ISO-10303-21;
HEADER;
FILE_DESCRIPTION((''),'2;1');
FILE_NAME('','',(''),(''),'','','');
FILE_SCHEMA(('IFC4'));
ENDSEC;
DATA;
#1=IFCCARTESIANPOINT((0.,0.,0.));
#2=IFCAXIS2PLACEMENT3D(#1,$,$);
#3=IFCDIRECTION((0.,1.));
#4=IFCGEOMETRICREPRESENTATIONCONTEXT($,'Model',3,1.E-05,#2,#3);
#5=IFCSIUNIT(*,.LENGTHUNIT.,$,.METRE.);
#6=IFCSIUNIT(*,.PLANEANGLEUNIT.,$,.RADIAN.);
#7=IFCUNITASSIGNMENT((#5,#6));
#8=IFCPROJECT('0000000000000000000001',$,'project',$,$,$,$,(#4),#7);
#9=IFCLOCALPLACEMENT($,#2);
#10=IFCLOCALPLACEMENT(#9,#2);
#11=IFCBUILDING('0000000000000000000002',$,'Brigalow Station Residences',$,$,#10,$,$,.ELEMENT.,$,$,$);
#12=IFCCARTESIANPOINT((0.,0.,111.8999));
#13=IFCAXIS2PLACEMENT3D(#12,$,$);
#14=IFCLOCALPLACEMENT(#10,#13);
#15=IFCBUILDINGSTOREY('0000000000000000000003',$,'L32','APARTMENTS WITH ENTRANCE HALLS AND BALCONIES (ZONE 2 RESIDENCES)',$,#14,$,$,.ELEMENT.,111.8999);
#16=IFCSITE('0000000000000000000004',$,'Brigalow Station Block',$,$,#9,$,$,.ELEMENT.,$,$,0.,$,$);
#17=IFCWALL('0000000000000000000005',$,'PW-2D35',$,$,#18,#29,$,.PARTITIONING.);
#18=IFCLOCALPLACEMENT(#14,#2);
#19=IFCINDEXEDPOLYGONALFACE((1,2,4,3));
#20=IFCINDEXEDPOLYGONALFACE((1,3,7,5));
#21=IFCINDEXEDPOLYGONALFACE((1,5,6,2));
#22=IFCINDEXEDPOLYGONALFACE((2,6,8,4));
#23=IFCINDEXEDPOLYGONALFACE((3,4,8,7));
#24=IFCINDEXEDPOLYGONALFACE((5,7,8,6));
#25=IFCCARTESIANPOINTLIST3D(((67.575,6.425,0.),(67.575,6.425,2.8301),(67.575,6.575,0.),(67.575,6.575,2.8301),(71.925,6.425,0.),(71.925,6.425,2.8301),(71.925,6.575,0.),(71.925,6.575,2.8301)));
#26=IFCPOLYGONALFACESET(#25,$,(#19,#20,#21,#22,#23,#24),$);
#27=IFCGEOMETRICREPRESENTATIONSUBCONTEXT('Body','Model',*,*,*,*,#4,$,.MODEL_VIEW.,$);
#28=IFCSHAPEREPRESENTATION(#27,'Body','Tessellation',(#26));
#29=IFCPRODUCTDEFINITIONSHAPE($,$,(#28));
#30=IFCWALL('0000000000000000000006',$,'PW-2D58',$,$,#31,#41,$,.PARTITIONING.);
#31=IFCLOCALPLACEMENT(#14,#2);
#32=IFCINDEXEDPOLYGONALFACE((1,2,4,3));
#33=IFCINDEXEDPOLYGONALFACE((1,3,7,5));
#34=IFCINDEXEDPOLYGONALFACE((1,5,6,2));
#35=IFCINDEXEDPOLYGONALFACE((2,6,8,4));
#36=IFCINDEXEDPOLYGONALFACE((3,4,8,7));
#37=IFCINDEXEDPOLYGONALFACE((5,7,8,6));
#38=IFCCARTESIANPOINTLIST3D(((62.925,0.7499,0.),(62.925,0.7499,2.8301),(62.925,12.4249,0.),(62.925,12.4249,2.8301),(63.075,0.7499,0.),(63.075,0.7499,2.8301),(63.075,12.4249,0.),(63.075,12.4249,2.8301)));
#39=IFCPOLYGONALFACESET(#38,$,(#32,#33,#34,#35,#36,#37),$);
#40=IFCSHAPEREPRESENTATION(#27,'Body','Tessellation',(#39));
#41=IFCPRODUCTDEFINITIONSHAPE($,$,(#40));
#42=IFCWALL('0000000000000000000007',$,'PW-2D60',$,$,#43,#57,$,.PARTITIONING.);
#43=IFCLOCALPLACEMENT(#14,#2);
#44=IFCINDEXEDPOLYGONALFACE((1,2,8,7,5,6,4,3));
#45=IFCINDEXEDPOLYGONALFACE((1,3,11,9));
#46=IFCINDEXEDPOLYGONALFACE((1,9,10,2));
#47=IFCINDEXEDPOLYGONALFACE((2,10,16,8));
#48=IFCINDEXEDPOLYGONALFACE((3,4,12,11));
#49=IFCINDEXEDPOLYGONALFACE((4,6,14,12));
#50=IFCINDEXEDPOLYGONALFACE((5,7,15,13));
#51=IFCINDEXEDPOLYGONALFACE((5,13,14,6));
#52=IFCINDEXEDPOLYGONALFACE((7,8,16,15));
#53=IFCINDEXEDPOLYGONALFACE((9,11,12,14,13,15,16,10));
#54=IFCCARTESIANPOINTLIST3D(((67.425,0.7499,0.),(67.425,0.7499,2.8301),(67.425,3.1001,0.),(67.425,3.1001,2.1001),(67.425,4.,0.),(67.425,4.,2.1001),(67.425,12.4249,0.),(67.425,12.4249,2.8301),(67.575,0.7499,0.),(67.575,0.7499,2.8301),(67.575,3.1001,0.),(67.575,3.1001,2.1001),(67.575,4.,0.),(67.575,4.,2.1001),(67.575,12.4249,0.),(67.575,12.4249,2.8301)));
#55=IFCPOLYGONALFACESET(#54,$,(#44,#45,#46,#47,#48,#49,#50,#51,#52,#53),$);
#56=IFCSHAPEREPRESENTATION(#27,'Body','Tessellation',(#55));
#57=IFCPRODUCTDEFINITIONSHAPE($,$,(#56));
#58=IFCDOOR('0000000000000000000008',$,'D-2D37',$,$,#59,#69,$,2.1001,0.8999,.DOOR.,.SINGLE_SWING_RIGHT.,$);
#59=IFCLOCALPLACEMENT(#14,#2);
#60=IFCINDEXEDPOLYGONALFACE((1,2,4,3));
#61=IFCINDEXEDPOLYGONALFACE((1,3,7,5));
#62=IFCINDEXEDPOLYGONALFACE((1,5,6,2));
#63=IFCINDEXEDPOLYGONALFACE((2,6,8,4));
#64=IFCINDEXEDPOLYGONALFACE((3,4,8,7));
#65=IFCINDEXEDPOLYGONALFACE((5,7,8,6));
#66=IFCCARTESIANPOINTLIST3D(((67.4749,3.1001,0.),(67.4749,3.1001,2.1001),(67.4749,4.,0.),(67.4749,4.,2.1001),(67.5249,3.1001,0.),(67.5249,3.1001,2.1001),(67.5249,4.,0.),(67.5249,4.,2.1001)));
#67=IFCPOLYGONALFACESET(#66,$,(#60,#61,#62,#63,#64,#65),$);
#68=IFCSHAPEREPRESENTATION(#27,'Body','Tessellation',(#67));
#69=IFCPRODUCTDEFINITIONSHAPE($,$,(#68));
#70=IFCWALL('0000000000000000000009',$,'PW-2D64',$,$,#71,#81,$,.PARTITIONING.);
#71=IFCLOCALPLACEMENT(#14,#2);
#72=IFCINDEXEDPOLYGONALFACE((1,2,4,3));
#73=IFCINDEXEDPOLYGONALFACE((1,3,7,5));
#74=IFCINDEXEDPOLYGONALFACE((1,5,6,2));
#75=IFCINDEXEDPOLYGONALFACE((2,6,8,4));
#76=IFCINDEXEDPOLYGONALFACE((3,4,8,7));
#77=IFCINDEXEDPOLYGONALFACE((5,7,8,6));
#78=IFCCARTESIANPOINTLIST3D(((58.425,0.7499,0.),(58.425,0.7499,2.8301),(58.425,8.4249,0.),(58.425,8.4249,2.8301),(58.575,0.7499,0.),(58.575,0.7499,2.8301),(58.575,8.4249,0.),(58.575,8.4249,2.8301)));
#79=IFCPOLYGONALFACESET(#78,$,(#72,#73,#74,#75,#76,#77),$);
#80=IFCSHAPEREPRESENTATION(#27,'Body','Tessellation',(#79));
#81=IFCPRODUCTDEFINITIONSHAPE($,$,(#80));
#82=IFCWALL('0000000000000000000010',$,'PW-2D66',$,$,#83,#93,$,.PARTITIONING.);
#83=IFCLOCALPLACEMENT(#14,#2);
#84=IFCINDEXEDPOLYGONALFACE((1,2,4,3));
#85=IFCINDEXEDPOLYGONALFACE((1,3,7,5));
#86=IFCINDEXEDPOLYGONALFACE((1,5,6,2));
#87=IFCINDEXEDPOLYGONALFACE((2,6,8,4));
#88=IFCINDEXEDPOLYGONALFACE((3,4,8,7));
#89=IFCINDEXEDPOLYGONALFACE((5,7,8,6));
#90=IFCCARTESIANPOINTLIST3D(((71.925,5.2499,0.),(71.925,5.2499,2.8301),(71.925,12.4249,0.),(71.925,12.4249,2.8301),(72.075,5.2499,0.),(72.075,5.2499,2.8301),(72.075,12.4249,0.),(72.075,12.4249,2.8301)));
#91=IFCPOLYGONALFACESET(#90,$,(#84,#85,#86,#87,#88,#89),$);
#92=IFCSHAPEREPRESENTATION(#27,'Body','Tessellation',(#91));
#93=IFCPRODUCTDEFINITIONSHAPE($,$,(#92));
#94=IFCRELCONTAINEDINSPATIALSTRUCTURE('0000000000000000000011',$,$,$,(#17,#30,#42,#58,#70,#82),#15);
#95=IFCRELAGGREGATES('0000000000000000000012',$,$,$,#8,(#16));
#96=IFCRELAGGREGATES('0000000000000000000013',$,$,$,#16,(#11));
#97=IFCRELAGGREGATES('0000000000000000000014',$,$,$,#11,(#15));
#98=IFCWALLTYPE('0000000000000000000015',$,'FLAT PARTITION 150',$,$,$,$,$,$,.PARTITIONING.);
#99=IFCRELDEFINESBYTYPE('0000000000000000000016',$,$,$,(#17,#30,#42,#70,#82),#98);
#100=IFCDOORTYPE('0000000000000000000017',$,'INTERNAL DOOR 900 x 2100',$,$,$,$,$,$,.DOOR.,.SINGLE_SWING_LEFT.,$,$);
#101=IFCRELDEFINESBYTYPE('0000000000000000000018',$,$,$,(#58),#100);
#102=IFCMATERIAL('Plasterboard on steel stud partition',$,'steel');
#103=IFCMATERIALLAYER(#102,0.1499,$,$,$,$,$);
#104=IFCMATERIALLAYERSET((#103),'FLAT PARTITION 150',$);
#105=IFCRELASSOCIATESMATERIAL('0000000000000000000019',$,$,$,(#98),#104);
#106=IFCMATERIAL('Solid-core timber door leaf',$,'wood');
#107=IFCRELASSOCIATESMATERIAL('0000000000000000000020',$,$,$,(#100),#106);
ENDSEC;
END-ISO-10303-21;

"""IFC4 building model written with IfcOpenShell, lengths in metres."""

from ifc_helpers import new_model, si_unit, direction, frame, frame_2d, origin, place, context, subcontext, project, spatial, rectangle, extrude, material, layer, layer_set, type_object, element, fill, save


model = new_model("IFC4")

# Units and contexts
model_context = context("Model", 3, precision=1e-05, world=origin(), true_north=direction((0.0, 1.0)))
body_context = subcontext(model_context, "Body", "Model", "MODEL_VIEW")
ifc_project = project(units=[si_unit("LENGTHUNIT", "METRE"), si_unit("PLANEANGLEUNIT", "RADIAN")], contexts=[model_context])

# Site, building, storey
site_placement = place(None, origin())
site = spatial("IfcSite", under=ifc_project, at=site_placement, Name="Brigalow Station Block", CompositionType="ELEMENT", RefElevation=0.0)
building_placement = place(site_placement, origin())
building = spatial("IfcBuilding", under=site, at=building_placement, Name="Brigalow Station Residences", CompositionType="ELEMENT")
storey_placement = place(building_placement, frame((0.0, 0.0, 111.8999)))
storey = spatial("IfcBuildingStorey", under=building, at=storey_placement, Name="L32", Description="APARTMENTS WITH ENTRANCE HALLS AND BALCONIES (ZONE 2 RESIDENCES)", CompositionType="ELEMENT", Elevation=111.8999)

# Walls
ifc_material_1 = material(Name="Plasterboard on steel stud partition", Category="steel")
ifc_layer_1 = layer(ifc_material_1, 0.1499)
ifc_layer_set_1 = layer_set([ifc_layer_1], Name="FLAT PARTITION 150")
wall_type_1 = type_object("IfcWallType", Name="FLAT PARTITION 150", PredefinedType="PARTITIONING", material=ifc_layer_set_1)
wall_1_placement = place(storey_placement, frame((67.575, 6.5, 0.0), z_axis=(0.0, 0.0, 1.0), x_axis=(1.0, 0.0, 0.0)))
element("IfcWall", 1, at=wall_1_placement, inside=storey, type_object=wall_type_1, Name="PW-2D35", PredefinedType="PARTITIONING", context=body_context, shape_type="SweptSolid", body=[
    extrude(rectangle(XDim=4.3501, YDim=0.1499, at=frame_2d((2.175, 0.0))), origin(), (0.0, 0.0, 1.0), 2.8301),
])
wall_2_placement = place(storey_placement, frame((63.0, 0.75, 0.0), z_axis=(0.0, 0.0, 1.0), x_axis=(0.0, 1.0, 0.0)))
element("IfcWall", 2, at=wall_2_placement, inside=storey, type_object=wall_type_1, Name="PW-2D58", PredefinedType="PARTITIONING", context=body_context, shape_type="SweptSolid", body=[
    extrude(rectangle(XDim=11.675, YDim=0.1499, at=frame_2d((5.8374, 0.0))), origin(), (0.0, 0.0, 1.0), 2.8301),
])

# Wall, opening, door
wall_3_placement = place(storey_placement, frame((67.5, 0.75, 0.0), z_axis=(0.0, 0.0, 1.0), x_axis=(0.0, 1.0, 0.0)))
wall_3 = element("IfcWall", 3, at=wall_3_placement, inside=storey, type_object=wall_type_1, Name="PW-2D60", PredefinedType="PARTITIONING", context=body_context, shape_type="SweptSolid", body=[
    extrude(rectangle(XDim=11.675, YDim=0.1499, at=frame_2d((5.8374, 0.0))), origin(), (0.0, 0.0, 1.0), 2.8301),
])
opening_1_placement = place(wall_3_placement, frame((2.3501, 0.0, 0.0)))
opening_1 = element("IfcOpeningElement", 4, at=opening_1_placement, cuts=wall_3, PredefinedType="OPENING", context=body_context, shape_type="SweptSolid", body=[
    extrude(rectangle(XDim=0.8999, YDim=2.1001, at=frame_2d((0.45, 1.05))), frame((0.0, 0.085, 0.0), z_axis=(0.0, -1.0, 0.0), x_axis=(1.0, 0.0, 0.0)), (0.0, 0.0, 1.0), 0.1699),
])
ifc_material_2 = material(Name="Solid-core timber door leaf", Category="wood")
door_type = type_object("IfcDoorType", Name="INTERNAL DOOR 900 x 2100", OperationType="SINGLE_SWING_LEFT", PredefinedType="DOOR", material=ifc_material_2)
door_placement = place(opening_1_placement, frame((0.8999, 0.0, 0.0), z_axis=(0.0, 0.0, 1.0), x_axis=(-1.0, 0.0, 0.0)))
door = element("IfcDoor", 5, at=door_placement, inside=storey, type_object=door_type, Name="D-2D37", OperationType="SINGLE_SWING_RIGHT", OverallHeight=2.1001, OverallWidth=0.8999, PredefinedType="DOOR", context=body_context, shape_type="SweptSolid", body=[
    extrude(rectangle(XDim=0.8999, YDim=2.1001, at=frame_2d((0.45, 1.05))), frame((0.0, 0.0249, 0.0), z_axis=(0.0, -1.0, 0.0), x_axis=(1.0, 0.0, 0.0)), (0.0, 0.0, 1.0), 0.05),
])
fill(opening_1, door)

# Walls
wall_4_placement = place(storey_placement, frame((58.5, 0.75, 0.0), z_axis=(0.0, 0.0, 1.0), x_axis=(0.0, 1.0, 0.0)))
element("IfcWall", 6, at=wall_4_placement, inside=storey, type_object=wall_type_1, Name="PW-2D64", PredefinedType="PARTITIONING", context=body_context, shape_type="SweptSolid", body=[
    extrude(rectangle(XDim=7.675, YDim=0.1499, at=frame_2d((3.8374, 0.0))), origin(), (0.0, 0.0, 1.0), 2.8301),
])
wall_5_placement = place(storey_placement, frame((72.0, 5.25, 0.0), z_axis=(0.0, 0.0, 1.0), x_axis=(0.0, 1.0, 0.0)))
element("IfcWall", 7, at=wall_5_placement, inside=storey, type_object=wall_type_1, Name="PW-2D66", PredefinedType="PARTITIONING", context=body_context, shape_type="SweptSolid", body=[
    extrude(rectangle(XDim=7.175, YDim=0.1499, at=frame_2d((3.5874, 0.0))), origin(), (0.0, 0.0, 1.0), 2.8301),
])

save(model, "model.ifc")
